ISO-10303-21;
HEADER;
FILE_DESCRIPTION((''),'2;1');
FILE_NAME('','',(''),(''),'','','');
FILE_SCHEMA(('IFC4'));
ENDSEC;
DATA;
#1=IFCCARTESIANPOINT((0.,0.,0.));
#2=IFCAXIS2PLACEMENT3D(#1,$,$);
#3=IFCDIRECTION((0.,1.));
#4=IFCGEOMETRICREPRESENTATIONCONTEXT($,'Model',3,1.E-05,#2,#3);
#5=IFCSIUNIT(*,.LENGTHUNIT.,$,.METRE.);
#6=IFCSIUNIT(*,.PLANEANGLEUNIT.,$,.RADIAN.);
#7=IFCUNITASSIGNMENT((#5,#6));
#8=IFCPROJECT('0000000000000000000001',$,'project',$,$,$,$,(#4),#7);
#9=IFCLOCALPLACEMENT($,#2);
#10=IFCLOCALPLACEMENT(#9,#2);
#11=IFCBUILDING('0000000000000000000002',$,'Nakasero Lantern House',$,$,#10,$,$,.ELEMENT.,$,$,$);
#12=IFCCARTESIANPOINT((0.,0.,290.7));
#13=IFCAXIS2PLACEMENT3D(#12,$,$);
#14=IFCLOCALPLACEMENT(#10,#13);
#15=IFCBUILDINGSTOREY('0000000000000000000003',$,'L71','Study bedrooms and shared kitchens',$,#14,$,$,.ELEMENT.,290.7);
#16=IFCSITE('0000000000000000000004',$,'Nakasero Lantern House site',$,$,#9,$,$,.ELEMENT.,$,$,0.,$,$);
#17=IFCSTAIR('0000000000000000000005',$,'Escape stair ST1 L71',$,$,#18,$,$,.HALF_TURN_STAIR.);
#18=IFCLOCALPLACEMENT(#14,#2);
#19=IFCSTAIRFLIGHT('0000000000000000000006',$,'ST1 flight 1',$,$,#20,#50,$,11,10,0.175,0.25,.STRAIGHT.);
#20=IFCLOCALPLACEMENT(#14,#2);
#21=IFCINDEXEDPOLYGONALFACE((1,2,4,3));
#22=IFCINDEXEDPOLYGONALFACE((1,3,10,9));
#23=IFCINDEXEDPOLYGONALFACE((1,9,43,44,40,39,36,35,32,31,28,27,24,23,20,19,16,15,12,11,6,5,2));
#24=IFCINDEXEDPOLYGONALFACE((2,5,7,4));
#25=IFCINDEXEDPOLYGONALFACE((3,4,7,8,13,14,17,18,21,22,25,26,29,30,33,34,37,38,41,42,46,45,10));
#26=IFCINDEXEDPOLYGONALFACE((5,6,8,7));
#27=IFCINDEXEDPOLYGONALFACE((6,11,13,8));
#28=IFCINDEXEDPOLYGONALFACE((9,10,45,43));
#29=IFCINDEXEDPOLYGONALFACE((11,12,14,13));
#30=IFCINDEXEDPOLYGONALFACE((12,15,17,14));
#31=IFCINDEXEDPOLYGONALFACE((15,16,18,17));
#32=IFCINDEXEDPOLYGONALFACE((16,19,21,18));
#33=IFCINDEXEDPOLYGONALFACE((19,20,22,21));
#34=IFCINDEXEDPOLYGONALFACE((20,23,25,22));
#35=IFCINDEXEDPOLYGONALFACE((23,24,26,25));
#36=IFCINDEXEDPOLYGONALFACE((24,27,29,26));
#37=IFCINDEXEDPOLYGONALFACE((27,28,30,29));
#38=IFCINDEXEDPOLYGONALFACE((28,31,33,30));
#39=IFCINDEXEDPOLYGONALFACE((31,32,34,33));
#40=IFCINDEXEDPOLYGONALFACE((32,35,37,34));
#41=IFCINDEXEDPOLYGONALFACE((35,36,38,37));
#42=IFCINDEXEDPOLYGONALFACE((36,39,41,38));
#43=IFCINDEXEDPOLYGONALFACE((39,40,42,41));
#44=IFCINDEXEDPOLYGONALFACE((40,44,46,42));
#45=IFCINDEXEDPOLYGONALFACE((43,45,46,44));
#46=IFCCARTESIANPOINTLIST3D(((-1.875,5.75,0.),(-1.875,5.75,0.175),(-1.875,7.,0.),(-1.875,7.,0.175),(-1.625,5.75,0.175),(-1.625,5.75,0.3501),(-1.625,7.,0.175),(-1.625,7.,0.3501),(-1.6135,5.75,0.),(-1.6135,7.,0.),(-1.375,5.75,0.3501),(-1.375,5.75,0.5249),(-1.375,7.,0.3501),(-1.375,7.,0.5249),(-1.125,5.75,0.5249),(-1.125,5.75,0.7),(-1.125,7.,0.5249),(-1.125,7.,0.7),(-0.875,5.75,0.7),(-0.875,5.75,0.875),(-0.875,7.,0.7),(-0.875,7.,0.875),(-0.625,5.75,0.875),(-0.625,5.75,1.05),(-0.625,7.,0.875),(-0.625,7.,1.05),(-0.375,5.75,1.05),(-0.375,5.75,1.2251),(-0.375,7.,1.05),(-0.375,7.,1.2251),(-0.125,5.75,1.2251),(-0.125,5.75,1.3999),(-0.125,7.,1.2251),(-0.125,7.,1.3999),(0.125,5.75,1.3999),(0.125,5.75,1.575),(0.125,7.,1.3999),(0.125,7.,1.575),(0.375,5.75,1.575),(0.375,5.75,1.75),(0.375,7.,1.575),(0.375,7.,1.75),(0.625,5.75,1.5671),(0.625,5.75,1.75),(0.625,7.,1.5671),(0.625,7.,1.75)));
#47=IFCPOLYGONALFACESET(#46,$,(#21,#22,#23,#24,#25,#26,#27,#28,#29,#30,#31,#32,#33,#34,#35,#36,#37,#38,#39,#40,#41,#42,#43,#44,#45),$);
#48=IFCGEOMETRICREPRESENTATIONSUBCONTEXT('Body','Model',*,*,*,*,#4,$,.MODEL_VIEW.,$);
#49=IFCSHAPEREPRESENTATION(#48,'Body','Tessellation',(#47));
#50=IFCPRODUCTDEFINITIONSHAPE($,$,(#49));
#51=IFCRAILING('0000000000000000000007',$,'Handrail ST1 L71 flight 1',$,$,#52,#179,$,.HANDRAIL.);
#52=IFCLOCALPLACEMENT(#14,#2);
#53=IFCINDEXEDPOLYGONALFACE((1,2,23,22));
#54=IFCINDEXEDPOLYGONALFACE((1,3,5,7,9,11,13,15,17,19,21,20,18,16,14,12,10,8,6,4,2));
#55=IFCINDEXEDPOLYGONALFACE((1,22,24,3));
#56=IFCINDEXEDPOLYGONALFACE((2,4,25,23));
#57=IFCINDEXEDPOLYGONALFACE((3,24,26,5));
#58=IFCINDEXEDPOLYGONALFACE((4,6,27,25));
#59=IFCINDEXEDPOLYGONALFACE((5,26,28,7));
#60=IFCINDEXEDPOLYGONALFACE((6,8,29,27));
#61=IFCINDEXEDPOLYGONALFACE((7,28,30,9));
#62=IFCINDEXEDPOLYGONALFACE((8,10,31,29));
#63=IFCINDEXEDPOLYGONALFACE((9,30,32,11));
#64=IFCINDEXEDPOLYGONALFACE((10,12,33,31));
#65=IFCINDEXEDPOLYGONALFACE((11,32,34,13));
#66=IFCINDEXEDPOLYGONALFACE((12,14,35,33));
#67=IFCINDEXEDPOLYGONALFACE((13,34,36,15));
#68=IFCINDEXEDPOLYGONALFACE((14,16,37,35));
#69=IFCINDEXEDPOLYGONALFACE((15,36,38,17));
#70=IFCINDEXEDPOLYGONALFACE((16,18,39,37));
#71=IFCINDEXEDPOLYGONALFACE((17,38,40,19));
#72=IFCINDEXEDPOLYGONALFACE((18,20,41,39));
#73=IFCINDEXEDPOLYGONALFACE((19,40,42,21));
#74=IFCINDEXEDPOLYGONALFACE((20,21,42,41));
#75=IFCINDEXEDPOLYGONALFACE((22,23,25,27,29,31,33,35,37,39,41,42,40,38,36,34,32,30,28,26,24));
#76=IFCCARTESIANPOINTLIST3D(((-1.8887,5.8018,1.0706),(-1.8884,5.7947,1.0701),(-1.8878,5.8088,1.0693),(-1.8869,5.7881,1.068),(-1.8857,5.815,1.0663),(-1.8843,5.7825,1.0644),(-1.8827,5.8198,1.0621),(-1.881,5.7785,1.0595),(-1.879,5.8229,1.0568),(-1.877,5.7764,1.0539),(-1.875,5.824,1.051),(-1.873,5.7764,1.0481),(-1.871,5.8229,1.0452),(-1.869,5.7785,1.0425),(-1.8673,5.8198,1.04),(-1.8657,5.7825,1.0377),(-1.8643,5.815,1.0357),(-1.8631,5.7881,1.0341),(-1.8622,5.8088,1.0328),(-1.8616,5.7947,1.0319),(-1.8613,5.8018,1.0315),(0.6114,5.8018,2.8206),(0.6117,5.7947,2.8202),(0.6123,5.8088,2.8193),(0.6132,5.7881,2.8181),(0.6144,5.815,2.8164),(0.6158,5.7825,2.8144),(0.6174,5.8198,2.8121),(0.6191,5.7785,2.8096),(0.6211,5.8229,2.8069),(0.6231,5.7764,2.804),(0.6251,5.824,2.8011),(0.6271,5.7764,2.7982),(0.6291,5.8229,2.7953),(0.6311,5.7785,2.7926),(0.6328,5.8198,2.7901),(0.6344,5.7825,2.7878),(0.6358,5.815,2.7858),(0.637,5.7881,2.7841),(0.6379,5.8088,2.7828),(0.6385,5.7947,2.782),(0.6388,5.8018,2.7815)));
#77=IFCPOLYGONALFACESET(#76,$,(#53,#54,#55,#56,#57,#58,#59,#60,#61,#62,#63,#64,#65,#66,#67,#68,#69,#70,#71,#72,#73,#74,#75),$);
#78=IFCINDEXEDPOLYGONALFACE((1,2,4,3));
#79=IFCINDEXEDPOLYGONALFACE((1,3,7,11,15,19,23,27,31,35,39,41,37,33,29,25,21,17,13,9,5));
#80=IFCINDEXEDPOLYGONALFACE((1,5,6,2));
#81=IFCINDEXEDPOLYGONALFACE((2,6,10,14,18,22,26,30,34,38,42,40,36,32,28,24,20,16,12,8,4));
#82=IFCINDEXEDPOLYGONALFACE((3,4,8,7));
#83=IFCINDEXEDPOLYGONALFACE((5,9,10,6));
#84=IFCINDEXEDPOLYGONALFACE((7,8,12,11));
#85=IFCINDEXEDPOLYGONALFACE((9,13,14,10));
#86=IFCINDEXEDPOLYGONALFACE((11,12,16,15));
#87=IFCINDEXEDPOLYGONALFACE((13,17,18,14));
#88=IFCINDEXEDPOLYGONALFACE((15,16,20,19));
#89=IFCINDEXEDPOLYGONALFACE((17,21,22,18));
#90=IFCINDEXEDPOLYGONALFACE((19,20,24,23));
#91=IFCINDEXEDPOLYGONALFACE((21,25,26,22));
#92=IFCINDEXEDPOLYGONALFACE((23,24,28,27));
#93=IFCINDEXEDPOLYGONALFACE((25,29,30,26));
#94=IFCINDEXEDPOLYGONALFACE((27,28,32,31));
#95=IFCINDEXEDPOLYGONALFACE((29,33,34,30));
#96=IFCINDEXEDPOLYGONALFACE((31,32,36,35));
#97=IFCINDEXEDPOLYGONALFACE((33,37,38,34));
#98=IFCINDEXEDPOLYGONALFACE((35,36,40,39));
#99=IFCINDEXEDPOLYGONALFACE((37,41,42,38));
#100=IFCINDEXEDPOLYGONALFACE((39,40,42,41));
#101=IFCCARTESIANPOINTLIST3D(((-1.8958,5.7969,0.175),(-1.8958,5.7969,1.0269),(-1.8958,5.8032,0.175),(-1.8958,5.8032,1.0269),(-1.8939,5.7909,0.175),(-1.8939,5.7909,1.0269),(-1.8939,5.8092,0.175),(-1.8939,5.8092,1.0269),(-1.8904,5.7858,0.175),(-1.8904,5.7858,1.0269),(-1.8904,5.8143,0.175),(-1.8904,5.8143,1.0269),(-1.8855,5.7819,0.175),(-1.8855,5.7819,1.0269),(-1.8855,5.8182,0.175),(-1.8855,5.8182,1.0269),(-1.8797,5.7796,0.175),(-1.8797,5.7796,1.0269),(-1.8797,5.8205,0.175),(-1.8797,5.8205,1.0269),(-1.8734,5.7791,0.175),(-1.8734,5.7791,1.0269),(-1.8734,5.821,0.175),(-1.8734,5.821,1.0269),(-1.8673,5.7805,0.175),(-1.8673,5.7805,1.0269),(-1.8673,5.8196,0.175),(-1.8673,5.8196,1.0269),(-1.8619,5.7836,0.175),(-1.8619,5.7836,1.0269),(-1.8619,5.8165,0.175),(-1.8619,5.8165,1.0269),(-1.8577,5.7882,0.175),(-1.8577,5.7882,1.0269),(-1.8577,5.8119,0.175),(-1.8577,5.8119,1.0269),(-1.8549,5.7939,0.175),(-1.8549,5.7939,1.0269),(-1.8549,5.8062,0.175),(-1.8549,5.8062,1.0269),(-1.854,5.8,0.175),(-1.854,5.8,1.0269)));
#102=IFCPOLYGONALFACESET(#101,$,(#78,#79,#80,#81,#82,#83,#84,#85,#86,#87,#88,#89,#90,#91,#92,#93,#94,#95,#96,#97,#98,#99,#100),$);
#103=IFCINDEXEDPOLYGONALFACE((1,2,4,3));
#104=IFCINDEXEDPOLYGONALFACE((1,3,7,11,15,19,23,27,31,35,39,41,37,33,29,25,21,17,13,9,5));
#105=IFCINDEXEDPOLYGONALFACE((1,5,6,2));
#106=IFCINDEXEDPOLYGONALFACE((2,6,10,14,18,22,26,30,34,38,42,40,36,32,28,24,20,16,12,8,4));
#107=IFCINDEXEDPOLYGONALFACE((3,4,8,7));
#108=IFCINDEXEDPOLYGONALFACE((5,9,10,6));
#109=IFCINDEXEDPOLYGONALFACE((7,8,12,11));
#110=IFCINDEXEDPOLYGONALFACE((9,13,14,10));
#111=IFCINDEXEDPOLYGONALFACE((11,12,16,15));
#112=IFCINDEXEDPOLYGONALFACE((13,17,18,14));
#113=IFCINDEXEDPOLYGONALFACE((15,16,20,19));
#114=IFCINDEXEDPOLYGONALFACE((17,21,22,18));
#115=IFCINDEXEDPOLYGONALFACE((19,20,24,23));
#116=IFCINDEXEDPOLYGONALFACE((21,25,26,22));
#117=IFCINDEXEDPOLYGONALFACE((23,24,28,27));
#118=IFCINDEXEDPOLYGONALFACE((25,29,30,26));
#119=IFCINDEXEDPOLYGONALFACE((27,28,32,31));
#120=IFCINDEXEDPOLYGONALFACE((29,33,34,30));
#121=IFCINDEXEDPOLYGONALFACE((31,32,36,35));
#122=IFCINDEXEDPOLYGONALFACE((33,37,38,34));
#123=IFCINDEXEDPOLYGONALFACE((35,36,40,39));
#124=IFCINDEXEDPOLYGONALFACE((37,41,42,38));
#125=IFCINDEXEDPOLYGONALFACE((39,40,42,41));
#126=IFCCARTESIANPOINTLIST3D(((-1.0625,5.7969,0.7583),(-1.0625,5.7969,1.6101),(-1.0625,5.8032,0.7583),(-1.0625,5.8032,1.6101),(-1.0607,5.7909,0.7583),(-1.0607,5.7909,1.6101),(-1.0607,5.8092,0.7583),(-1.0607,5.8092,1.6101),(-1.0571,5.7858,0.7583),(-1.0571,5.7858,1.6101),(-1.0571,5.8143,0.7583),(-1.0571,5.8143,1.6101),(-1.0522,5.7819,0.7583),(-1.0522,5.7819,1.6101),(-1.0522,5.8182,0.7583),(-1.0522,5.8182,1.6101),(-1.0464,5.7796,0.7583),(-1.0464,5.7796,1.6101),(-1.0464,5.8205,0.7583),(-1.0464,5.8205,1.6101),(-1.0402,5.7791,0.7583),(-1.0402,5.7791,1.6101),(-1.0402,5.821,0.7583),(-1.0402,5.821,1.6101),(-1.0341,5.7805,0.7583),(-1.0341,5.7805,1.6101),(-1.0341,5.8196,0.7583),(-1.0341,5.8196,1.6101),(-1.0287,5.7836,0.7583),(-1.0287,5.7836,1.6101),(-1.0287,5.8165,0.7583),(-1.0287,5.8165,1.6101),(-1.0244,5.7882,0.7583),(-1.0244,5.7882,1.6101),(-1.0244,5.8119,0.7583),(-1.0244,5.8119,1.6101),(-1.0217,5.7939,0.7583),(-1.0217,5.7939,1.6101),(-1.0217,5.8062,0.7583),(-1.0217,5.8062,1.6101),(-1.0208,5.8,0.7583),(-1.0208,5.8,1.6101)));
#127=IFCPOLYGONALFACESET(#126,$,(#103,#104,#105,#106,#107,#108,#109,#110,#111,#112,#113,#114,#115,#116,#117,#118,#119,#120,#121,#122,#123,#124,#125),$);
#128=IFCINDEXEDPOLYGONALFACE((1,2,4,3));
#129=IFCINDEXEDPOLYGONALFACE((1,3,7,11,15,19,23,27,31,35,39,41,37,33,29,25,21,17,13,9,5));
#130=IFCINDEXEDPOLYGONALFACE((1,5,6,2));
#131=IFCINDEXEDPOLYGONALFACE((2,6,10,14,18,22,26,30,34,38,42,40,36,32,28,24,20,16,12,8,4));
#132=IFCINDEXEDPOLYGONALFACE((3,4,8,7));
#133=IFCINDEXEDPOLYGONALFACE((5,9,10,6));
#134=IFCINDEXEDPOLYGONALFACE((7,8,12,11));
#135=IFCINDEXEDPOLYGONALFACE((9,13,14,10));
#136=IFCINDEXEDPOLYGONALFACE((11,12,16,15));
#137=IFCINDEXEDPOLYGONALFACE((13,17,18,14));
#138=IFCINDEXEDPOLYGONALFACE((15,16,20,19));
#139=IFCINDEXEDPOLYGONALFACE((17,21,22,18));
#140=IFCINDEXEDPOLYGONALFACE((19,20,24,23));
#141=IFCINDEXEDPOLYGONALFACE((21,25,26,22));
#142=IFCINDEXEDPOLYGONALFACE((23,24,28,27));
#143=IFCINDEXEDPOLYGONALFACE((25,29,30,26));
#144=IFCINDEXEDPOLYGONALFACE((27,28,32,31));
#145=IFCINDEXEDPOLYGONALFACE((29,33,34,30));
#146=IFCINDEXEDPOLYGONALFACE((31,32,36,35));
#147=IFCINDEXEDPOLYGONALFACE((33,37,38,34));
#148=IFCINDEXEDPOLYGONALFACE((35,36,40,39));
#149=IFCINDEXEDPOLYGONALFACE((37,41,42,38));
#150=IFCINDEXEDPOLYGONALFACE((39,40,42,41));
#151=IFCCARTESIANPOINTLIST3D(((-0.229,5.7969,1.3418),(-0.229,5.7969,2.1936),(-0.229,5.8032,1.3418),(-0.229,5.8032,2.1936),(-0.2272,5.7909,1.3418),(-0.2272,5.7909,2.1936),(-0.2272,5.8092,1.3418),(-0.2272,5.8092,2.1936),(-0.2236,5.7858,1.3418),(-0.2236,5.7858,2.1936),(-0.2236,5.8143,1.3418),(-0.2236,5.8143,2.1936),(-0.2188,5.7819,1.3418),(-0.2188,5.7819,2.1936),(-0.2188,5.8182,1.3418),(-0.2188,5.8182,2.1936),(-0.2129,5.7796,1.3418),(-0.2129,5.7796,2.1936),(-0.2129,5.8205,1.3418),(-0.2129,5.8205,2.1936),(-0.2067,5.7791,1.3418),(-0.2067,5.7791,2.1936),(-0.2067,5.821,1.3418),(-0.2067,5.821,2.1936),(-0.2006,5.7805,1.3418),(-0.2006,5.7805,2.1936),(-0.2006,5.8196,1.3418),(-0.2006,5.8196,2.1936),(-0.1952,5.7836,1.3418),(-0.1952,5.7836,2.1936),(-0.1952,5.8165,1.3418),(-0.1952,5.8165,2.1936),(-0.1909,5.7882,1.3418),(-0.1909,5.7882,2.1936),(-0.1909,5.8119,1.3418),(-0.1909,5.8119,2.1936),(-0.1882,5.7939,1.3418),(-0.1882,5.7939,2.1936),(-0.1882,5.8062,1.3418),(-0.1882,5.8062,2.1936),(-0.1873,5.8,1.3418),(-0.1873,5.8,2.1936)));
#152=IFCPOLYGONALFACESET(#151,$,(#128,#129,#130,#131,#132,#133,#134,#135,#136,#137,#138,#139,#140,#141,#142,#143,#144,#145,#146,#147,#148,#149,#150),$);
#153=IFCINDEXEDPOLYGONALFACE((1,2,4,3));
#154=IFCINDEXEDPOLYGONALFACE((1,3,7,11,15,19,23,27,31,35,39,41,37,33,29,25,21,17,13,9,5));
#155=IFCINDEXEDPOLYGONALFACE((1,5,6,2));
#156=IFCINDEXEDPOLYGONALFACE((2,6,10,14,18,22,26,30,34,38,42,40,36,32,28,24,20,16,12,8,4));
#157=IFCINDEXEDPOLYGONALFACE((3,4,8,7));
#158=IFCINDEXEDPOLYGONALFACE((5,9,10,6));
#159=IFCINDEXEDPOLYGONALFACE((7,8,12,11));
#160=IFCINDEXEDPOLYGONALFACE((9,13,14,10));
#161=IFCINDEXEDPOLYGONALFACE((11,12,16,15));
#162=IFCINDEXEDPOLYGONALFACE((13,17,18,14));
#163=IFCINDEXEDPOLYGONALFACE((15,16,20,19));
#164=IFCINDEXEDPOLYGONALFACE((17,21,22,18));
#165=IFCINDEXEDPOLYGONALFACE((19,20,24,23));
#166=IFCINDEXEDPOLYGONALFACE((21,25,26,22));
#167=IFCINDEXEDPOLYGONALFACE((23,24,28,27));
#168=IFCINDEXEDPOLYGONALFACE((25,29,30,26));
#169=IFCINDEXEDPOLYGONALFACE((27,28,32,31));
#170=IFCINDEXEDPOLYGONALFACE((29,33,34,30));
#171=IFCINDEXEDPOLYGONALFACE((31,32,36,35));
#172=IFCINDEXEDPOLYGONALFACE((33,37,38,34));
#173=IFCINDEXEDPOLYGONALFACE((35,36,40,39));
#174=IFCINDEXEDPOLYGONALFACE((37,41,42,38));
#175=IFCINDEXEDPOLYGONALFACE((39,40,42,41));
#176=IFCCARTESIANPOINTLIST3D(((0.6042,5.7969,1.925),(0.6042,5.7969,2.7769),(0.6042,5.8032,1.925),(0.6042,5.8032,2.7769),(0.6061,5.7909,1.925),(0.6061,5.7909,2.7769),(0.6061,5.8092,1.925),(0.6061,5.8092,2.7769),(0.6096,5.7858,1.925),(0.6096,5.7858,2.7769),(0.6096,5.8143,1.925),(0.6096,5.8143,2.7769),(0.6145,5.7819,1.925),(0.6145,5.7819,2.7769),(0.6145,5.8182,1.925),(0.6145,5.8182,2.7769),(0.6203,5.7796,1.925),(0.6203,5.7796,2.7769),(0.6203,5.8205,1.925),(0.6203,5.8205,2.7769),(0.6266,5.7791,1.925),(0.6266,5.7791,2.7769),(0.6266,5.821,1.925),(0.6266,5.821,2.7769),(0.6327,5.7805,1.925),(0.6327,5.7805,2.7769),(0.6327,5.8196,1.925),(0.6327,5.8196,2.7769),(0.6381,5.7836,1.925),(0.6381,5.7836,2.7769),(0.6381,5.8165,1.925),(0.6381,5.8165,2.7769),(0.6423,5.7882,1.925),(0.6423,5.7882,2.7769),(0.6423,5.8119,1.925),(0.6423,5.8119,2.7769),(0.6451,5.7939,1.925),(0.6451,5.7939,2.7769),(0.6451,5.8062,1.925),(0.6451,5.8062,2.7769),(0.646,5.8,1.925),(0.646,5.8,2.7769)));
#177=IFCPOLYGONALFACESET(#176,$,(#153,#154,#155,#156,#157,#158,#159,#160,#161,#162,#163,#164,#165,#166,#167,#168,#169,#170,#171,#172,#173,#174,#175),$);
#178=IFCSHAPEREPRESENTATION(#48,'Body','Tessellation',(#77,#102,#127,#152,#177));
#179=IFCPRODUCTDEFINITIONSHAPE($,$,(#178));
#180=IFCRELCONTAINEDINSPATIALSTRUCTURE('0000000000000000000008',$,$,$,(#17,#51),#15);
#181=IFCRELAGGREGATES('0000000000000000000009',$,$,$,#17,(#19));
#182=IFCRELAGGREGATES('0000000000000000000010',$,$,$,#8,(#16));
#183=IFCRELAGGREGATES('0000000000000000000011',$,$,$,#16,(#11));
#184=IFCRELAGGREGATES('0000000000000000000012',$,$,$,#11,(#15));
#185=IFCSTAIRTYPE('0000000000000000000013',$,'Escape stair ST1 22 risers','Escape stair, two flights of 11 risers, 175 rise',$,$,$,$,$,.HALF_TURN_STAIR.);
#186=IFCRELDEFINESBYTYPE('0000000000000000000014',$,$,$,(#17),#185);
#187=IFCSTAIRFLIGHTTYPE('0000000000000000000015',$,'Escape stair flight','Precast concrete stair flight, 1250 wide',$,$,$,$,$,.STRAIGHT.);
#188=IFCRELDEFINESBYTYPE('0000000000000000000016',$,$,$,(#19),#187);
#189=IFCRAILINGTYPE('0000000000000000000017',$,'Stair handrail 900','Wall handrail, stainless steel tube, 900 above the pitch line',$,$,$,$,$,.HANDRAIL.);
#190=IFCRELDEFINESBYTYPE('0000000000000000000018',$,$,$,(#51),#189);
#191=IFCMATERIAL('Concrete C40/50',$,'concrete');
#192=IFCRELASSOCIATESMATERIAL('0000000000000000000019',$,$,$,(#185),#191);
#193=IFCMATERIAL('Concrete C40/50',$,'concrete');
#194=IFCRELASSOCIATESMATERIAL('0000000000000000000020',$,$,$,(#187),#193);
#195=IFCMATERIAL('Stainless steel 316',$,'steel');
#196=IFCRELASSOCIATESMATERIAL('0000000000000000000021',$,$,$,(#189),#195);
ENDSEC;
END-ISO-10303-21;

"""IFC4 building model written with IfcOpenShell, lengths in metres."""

from ifc_helpers import new_model, si_unit, direction, frame, origin, origin_2d, place, context, subcontext, project, spatial, polyline, circle, outline, extrude, material, type_object, element, aggregate, save


model = new_model("IFC4")

# Units and contexts
model_context = context("Model", 3, precision=1e-05, world=origin(), true_north=direction((0.0, 1.0)))
body_context = subcontext(model_context, "Body", "Model", "MODEL_VIEW")
ifc_project = project(units=[si_unit("LENGTHUNIT", "METRE"), si_unit("PLANEANGLEUNIT", "RADIAN")], contexts=[model_context])

# Site, building, storey
site_placement = place(None, origin())
site = spatial("IfcSite", under=ifc_project, at=site_placement, Name="Nakasero Lantern House site", CompositionType="ELEMENT", RefElevation=0.0)
building_placement = place(site_placement, origin())
building = spatial("IfcBuilding", under=site, at=building_placement, Name="Nakasero Lantern House", CompositionType="ELEMENT")
storey_placement = place(building_placement, frame((0.0, 0.0, 290.7)))
storey = spatial("IfcBuildingStorey", under=building, at=storey_placement, Name="L71", Description="Study bedrooms and shared kitchens", CompositionType="ELEMENT", Elevation=290.7)

# Stair, stair flight
ifc_material_1 = material(Name="Concrete C40/50", Category="concrete")
stair_type = type_object("IfcStairType", Name="Escape stair ST1 22 risers", Description="Escape stair, two flights of 11 risers, 175 rise", PredefinedType="HALF_TURN_STAIR", material=ifc_material_1)
stair_placement = place(storey_placement, origin())
stair = element("IfcStair", 1, at=stair_placement, inside=storey, type_object=stair_type, Name="Escape stair ST1 L71", PredefinedType="HALF_TURN_STAIR")
ifc_material_2 = material(Name="Concrete C40/50", Category="concrete")
stair_flight_type = type_object("IfcStairFlightType", Name="Escape stair flight", Description="Precast concrete stair flight, 1250 wide", PredefinedType="STRAIGHT", material=ifc_material_2)
stair_flight_placement = place(storey_placement, frame((-1.875, 6.375, 0.0), z_axis=(0.0, 0.0, 1.0), x_axis=(1.0, 0.0, 0.0)))
stair_flight = element("IfcStairFlight", 2, at=stair_flight_placement, type_object=stair_flight_type, Name="ST1 flight 1", NumberOfRisers=11, NumberOfTreads=10, PredefinedType="STRAIGHT", RiserHeight=0.175, TreadLength=0.25, context=body_context, shape_type="SweptSolid", body=[
    extrude(outline(polyline([(0.0, 0.0), (0.0, 0.175), (0.25, 0.175), (0.25, 0.3501), (0.5, 0.3501), (0.5, 0.5249), (0.75, 0.5249), (0.75, 0.7), (1.0, 0.7), (1.0, 0.875), (1.25, 0.875), (1.25, 1.05), (1.5, 1.05), (1.5, 1.2251), (1.75, 1.2251), (1.75, 1.3999), (2.0, 1.3999), (2.0, 1.575), (2.25, 1.575), (2.25, 1.75), (2.5, 1.75), (2.5, 1.925), (2.5, 1.5671), (0.2615, 0.0), (0.0, 0.0)])), frame((0.0, 0.625, 0.0), z_axis=(0.0, -1.0, 0.0), x_axis=(1.0, 0.0, 0.0)), (0.0, 0.0, 1.0), 1.25),
])
aggregate(stair, [stair_flight])

# Railing
ifc_material_3 = material(Name="Stainless steel 316", Category="steel")
railing_type = type_object("IfcRailingType", Name="Stair handrail 900", Description="Wall handrail, stainless steel tube, 900 above the pitch line", PredefinedType="HANDRAIL", material=ifc_material_3)
railing_placement = place(storey_placement, frame((-1.875, 5.8, 0.175)))
element("IfcRailing", 3, at=railing_placement, inside=storey, type_object=railing_type, Name="Handrail ST1 L71 flight 1", PredefinedType="HANDRAIL", context=body_context, shape_type="SweptSolid", body=[
    extrude(circle(Radius=0.0239, at=origin_2d()), frame((0.0, 0.0, 0.876), z_axis=(0.819232, 0.0, 0.573462), x_axis=(0.0, 1.0, 0.0)), (0.0, 0.0, 1.0), 3.0518),
    extrude(circle(Radius=0.021, at=origin_2d()), origin(), (0.0, 0.0, 1.0), 0.8518),
    extrude(circle(Radius=0.021, at=origin_2d()), frame((0.8333, 0.0, 0.5833)), (0.0, 0.0, 1.0), 0.8518),
    extrude(circle(Radius=0.021, at=origin_2d()), frame((1.6667, 0.0, 1.1667)), (0.0, 0.0, 1.0), 0.8518),
    extrude(circle(Radius=0.021, at=origin_2d()), frame((2.5, 0.0, 1.75)), (0.0, 0.0, 1.0), 0.8518),
])

save(model, "model.ifc")
